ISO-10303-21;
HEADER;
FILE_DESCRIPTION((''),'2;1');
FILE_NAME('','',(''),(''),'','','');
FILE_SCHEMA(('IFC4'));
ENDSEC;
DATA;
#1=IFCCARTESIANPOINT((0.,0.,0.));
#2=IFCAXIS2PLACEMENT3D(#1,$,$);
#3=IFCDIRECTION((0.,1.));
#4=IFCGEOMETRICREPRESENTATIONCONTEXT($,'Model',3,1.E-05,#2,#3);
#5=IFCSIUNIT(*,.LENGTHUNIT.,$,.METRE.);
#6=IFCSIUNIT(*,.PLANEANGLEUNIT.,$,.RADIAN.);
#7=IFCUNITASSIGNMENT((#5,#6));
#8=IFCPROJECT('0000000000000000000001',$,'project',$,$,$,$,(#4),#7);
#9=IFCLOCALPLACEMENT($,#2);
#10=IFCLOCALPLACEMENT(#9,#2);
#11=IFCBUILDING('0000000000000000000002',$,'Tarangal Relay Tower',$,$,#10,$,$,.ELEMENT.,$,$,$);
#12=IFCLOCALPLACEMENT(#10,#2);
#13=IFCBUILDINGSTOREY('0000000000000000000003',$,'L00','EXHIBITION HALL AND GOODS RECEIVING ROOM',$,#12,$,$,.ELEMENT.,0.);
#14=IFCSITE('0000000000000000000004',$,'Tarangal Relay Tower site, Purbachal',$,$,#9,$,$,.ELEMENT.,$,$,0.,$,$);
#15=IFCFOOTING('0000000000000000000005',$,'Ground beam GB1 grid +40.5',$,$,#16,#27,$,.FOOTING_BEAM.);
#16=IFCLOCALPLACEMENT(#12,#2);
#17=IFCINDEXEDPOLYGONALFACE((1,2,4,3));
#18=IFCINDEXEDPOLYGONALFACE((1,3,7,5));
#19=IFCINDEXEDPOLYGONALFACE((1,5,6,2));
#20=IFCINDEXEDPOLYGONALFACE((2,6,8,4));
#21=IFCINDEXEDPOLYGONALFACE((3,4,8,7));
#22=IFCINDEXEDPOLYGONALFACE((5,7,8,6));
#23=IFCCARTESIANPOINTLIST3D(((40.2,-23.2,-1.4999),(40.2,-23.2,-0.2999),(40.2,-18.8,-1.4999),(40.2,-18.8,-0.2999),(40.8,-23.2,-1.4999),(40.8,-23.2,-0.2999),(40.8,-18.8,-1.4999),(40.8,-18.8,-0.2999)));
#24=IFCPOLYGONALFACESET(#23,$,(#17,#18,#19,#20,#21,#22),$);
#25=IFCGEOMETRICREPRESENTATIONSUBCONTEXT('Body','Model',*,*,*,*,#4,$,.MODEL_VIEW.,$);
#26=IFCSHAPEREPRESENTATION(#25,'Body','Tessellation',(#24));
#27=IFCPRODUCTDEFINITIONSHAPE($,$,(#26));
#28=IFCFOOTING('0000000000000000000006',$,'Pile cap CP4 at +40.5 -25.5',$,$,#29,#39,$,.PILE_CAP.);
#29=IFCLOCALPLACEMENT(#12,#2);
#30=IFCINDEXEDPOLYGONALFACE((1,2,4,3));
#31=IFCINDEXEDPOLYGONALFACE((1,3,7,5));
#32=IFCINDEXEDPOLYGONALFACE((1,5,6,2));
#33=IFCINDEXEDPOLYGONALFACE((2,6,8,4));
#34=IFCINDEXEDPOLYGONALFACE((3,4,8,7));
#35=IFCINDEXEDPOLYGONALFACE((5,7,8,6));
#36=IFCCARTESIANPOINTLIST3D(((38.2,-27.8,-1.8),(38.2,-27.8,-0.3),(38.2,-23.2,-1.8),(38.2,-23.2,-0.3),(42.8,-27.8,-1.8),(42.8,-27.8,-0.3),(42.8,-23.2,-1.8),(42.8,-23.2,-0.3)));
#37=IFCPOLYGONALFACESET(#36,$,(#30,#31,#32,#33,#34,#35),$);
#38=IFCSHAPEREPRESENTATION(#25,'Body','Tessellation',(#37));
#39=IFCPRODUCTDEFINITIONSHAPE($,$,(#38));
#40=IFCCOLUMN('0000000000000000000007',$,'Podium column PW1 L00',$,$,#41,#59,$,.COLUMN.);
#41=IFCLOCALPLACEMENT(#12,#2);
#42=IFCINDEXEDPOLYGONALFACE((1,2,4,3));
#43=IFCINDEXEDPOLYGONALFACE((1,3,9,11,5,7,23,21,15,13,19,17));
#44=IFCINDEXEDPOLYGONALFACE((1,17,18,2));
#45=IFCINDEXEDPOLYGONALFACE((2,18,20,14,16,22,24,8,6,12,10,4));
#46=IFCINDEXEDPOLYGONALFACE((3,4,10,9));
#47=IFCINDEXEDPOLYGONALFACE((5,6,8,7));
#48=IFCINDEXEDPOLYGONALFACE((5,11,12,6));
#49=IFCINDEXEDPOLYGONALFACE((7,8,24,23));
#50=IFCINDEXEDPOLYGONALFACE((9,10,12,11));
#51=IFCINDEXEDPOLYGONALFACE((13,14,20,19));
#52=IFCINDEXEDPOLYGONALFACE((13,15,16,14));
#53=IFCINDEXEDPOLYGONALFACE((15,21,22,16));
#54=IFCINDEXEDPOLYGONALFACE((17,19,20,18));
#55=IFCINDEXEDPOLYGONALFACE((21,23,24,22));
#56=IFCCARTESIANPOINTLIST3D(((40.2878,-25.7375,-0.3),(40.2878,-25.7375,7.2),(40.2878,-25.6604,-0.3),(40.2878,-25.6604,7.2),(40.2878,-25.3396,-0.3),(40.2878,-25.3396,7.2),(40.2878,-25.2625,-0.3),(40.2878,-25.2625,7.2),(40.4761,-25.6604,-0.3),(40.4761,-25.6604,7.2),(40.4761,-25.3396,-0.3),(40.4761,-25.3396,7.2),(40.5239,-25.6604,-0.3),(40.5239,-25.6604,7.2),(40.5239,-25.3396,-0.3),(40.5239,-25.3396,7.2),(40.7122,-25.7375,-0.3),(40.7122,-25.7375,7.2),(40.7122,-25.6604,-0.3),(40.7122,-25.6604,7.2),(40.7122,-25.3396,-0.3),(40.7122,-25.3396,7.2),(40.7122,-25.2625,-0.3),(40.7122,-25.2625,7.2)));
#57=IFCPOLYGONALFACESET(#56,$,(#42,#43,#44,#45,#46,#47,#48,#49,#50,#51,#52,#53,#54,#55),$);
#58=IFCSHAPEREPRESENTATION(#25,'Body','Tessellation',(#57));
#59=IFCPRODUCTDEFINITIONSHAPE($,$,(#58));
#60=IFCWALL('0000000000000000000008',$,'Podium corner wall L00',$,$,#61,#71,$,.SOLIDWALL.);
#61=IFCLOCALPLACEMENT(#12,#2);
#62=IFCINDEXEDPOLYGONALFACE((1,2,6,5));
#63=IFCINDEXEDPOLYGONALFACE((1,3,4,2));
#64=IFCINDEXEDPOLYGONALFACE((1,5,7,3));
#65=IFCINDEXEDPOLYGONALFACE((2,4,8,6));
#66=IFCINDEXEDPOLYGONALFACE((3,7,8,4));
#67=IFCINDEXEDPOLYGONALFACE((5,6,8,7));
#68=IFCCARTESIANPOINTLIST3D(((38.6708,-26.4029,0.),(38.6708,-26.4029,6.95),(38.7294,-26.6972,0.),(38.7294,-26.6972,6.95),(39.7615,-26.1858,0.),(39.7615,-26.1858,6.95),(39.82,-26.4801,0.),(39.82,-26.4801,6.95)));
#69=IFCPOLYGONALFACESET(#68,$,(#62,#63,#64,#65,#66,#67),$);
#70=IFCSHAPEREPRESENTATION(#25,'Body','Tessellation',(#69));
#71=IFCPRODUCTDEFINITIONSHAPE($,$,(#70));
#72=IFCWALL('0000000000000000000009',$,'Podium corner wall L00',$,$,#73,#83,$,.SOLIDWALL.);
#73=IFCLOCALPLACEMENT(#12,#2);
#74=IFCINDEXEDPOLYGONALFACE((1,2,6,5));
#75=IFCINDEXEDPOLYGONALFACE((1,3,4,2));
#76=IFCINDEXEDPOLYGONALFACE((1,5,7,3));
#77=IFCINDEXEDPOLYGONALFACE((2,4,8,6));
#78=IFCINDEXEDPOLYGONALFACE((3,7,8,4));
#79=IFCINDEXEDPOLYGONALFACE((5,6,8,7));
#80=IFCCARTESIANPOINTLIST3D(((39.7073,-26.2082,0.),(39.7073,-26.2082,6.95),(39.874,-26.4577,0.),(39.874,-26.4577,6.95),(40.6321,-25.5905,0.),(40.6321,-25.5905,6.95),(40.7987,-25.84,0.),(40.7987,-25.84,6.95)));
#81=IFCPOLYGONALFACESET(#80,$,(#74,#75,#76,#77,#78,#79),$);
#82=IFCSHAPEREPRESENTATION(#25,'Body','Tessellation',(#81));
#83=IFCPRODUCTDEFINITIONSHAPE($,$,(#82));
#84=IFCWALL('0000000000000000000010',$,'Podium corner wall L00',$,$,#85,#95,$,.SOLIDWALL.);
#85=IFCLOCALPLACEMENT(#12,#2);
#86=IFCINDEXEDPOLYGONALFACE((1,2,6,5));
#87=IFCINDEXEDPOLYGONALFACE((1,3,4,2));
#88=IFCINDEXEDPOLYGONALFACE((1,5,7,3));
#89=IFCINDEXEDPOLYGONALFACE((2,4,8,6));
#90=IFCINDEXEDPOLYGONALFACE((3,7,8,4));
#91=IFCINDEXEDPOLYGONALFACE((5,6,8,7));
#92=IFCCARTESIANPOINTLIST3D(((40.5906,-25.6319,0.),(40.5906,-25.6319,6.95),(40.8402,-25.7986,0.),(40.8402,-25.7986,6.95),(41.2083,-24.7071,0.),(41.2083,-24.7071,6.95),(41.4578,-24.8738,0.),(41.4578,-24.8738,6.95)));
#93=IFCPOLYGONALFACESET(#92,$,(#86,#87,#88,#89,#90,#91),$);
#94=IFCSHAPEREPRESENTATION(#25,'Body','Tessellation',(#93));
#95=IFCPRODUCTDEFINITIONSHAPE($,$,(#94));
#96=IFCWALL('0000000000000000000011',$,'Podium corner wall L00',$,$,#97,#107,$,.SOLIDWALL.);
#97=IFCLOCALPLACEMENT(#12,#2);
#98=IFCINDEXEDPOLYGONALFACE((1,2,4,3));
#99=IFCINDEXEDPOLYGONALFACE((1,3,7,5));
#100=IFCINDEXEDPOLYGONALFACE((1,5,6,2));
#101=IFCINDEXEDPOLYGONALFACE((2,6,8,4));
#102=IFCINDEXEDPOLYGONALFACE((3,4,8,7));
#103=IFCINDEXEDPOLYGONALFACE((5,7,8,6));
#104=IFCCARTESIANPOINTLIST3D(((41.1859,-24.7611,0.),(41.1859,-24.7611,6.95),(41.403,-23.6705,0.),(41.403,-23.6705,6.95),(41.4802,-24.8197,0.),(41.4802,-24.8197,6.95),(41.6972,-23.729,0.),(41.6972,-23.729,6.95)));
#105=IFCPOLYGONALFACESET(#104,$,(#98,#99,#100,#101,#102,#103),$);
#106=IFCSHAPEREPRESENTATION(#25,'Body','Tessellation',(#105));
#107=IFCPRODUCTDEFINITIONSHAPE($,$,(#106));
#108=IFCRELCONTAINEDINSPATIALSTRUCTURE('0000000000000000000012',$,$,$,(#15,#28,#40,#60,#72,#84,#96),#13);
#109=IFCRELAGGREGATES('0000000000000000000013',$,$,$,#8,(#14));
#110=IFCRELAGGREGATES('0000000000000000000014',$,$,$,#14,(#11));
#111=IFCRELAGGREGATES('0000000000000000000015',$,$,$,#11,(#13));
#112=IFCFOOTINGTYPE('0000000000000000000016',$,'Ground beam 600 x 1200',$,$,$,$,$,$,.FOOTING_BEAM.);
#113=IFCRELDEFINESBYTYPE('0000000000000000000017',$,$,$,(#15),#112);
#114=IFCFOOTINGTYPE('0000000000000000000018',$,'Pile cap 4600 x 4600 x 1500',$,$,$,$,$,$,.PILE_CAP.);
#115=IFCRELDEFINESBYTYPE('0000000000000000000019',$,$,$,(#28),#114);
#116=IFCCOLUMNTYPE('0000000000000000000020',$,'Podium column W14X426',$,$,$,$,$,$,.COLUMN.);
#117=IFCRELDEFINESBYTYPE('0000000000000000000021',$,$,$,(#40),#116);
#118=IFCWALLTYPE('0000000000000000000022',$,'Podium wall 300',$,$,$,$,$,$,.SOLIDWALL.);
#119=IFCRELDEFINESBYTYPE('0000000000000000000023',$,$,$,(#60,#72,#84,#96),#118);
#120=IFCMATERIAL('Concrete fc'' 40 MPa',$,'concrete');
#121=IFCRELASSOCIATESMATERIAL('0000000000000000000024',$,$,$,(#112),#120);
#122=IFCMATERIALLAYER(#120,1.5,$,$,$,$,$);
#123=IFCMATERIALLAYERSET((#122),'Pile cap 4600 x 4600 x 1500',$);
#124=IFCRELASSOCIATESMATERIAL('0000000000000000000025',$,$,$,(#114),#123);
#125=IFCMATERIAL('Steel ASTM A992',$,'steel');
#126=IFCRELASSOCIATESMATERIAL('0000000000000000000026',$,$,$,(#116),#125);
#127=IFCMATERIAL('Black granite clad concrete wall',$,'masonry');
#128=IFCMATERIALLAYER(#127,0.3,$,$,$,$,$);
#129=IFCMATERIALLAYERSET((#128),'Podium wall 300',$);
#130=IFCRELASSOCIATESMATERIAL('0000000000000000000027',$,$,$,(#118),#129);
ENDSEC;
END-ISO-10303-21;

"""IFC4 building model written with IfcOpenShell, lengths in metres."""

from ifc_helpers import new_model, si_unit, direction, frame, frame_2d, origin, origin_2d, place, context, subcontext, project, spatial, rectangle, i_section, extrude, material, layer, layer_set, material_profile, profile_set, type_object, element, save


model = new_model("IFC4")

# Units and contexts
model_context = context("Model", 3, precision=1e-05, world=origin(), true_north=direction((0.0, 1.0)))
body_context = subcontext(model_context, "Body", "Model", "MODEL_VIEW")
ifc_project = project(units=[si_unit("LENGTHUNIT", "METRE"), si_unit("PLANEANGLEUNIT", "RADIAN")], contexts=[model_context])

# Site, building, storey
site_placement = place(None, origin())
site = spatial("IfcSite", under=ifc_project, at=site_placement, Name="Tarangal Relay Tower site, Purbachal", CompositionType="ELEMENT", RefElevation=0.0)
building_placement = place(site_placement, origin())
building = spatial("IfcBuilding", under=site, at=building_placement, Name="Tarangal Relay Tower", CompositionType="ELEMENT")
storey_placement = place(building_placement, origin())
storey = spatial("IfcBuildingStorey", under=building, at=storey_placement, Name="L00", Description="EXHIBITION HALL AND GOODS RECEIVING ROOM", CompositionType="ELEMENT", Elevation=0.0)

# Shared definitions
ifc_material_1 = material(Name="Concrete fc' 40 MPa", Category="concrete")

# Footings
ifc_material_profile_1 = material_profile(ifc_material_1, rectangle(XDim=0.6001, YDim=1.2, at=origin_2d()), Name="GB 600X1200")
ifc_profile_set_1 = profile_set([ifc_material_profile_1], Name="Concrete fc' 40 MPa")
footing_type_1 = type_object("IfcFootingType", Name="Ground beam 600 x 1200", PredefinedType="FOOTING_BEAM", material=ifc_profile_set_1)
footing_1_placement = place(storey_placement, frame((40.5, -23.2, -0.8999), z_axis=(0.0, 1.0, 0.0), x_axis=(-1.0, 0.0, 0.0)))
element("IfcFooting", 1, at=footing_1_placement, inside=storey, type_object=footing_type_1, Name="Ground beam GB1 grid +40.5", PredefinedType="FOOTING_BEAM", context=body_context, shape_type="SweptSolid", body=[
    extrude(rectangle(XDim=0.6001, YDim=1.2, at=origin_2d()), origin(), (0.0, 0.0, 1.0), 4.3999),
])
ifc_layer_1 = layer(ifc_material_1, 1.5)
ifc_layer_set_1 = layer_set([ifc_layer_1], Name="Pile cap 4600 x 4600 x 1500")
footing_type_2 = type_object("IfcFootingType", Name="Pile cap 4600 x 4600 x 1500", PredefinedType="PILE_CAP", material=ifc_layer_set_1)
footing_2_placement = place(storey_placement, frame((40.5, -25.5, -1.8), z_axis=(0.0, 0.0, 1.0), x_axis=(1.0, 0.0, 0.0)))
element("IfcFooting", 2, at=footing_2_placement, inside=storey, type_object=footing_type_2, Name="Pile cap CP4 at +40.5 -25.5", PredefinedType="PILE_CAP", context=body_context, shape_type="SweptSolid", body=[
    extrude(rectangle(XDim=4.6001, YDim=4.6001, at=origin_2d()), origin(), (0.0, 0.0, 1.0), 1.5),
])

# Column
ifc_material_2 = material(Name="Steel ASTM A992", Category="steel")
ifc_material_profile_2 = material_profile(ifc_material_2, i_section(OverallWidth=0.4243, OverallDepth=0.4751, WebThickness=0.0479, FlangeThickness=0.0771, at=origin_2d()), Name="W14X426")
ifc_profile_set_2 = profile_set([ifc_material_profile_2], Name="Steel ASTM A992")
column_type = type_object("IfcColumnType", Name="Podium column W14X426", PredefinedType="COLUMN", material=ifc_profile_set_2)
column_placement = place(storey_placement, frame((40.5, -25.5, -0.3), z_axis=(0.0, 0.0, 1.0), x_axis=(1.0, 0.0, 0.0)))
element("IfcColumn", 3, at=column_placement, inside=storey, type_object=column_type, Name="Podium column PW1 L00", PredefinedType="COLUMN", context=body_context, shape_type="SweptSolid", body=[
    extrude(i_section(OverallWidth=0.4243, OverallDepth=0.4751, WebThickness=0.0479, FlangeThickness=0.0771, at=origin_2d()), origin(), (0.0, 0.0, 1.0), 7.5),
])

# Walls
ifc_material_3 = material(Name="Black granite clad concrete wall", Category="masonry")
ifc_layer_2 = layer(ifc_material_3, 0.3)
ifc_layer_set_2 = layer_set([ifc_layer_2], Name="Podium wall 300")
wall_type_1 = type_object("IfcWallType", Name="Podium wall 300", PredefinedType="SOLIDWALL", material=ifc_layer_set_2)
for number, where, z_axis, x_axis, name in (
    (4, (38.7, -26.55, 0.0), (0.0, 0.0, 1.0), (0.980766, 0.195187, 0.0), "Podium corner wall L00"),
    (5, (39.7905, -26.333, 0.0), (0.0, 0.0, 1.0), (0.831577, 0.555409, 0.0), "Podium corner wall L00"),
    (6, (40.7153, -25.7153, 0.0), (0.0, 0.0, 1.0), (0.555409, 0.831577, 0.0), "Podium corner wall L00"),
    (7, (41.333, -24.7905, 0.0), (0.0, 0.0, 1.0), (0.195187, 0.980766, 0.0), "Podium corner wall L00"),
):
    element("IfcWall", number, at=place(storey_placement, frame(where, z_axis=z_axis, x_axis=x_axis)), inside=storey, type_object=wall_type_1, Name=name, PredefinedType="SOLIDWALL", context=body_context, shape_type="SweptSolid", body=[
        extrude(rectangle(XDim=1.1121, YDim=0.3, at=frame_2d((0.5562, 0.0))), origin(), (0.0, 0.0, 1.0), 6.95),
    ])

save(model, "model.ifc")
